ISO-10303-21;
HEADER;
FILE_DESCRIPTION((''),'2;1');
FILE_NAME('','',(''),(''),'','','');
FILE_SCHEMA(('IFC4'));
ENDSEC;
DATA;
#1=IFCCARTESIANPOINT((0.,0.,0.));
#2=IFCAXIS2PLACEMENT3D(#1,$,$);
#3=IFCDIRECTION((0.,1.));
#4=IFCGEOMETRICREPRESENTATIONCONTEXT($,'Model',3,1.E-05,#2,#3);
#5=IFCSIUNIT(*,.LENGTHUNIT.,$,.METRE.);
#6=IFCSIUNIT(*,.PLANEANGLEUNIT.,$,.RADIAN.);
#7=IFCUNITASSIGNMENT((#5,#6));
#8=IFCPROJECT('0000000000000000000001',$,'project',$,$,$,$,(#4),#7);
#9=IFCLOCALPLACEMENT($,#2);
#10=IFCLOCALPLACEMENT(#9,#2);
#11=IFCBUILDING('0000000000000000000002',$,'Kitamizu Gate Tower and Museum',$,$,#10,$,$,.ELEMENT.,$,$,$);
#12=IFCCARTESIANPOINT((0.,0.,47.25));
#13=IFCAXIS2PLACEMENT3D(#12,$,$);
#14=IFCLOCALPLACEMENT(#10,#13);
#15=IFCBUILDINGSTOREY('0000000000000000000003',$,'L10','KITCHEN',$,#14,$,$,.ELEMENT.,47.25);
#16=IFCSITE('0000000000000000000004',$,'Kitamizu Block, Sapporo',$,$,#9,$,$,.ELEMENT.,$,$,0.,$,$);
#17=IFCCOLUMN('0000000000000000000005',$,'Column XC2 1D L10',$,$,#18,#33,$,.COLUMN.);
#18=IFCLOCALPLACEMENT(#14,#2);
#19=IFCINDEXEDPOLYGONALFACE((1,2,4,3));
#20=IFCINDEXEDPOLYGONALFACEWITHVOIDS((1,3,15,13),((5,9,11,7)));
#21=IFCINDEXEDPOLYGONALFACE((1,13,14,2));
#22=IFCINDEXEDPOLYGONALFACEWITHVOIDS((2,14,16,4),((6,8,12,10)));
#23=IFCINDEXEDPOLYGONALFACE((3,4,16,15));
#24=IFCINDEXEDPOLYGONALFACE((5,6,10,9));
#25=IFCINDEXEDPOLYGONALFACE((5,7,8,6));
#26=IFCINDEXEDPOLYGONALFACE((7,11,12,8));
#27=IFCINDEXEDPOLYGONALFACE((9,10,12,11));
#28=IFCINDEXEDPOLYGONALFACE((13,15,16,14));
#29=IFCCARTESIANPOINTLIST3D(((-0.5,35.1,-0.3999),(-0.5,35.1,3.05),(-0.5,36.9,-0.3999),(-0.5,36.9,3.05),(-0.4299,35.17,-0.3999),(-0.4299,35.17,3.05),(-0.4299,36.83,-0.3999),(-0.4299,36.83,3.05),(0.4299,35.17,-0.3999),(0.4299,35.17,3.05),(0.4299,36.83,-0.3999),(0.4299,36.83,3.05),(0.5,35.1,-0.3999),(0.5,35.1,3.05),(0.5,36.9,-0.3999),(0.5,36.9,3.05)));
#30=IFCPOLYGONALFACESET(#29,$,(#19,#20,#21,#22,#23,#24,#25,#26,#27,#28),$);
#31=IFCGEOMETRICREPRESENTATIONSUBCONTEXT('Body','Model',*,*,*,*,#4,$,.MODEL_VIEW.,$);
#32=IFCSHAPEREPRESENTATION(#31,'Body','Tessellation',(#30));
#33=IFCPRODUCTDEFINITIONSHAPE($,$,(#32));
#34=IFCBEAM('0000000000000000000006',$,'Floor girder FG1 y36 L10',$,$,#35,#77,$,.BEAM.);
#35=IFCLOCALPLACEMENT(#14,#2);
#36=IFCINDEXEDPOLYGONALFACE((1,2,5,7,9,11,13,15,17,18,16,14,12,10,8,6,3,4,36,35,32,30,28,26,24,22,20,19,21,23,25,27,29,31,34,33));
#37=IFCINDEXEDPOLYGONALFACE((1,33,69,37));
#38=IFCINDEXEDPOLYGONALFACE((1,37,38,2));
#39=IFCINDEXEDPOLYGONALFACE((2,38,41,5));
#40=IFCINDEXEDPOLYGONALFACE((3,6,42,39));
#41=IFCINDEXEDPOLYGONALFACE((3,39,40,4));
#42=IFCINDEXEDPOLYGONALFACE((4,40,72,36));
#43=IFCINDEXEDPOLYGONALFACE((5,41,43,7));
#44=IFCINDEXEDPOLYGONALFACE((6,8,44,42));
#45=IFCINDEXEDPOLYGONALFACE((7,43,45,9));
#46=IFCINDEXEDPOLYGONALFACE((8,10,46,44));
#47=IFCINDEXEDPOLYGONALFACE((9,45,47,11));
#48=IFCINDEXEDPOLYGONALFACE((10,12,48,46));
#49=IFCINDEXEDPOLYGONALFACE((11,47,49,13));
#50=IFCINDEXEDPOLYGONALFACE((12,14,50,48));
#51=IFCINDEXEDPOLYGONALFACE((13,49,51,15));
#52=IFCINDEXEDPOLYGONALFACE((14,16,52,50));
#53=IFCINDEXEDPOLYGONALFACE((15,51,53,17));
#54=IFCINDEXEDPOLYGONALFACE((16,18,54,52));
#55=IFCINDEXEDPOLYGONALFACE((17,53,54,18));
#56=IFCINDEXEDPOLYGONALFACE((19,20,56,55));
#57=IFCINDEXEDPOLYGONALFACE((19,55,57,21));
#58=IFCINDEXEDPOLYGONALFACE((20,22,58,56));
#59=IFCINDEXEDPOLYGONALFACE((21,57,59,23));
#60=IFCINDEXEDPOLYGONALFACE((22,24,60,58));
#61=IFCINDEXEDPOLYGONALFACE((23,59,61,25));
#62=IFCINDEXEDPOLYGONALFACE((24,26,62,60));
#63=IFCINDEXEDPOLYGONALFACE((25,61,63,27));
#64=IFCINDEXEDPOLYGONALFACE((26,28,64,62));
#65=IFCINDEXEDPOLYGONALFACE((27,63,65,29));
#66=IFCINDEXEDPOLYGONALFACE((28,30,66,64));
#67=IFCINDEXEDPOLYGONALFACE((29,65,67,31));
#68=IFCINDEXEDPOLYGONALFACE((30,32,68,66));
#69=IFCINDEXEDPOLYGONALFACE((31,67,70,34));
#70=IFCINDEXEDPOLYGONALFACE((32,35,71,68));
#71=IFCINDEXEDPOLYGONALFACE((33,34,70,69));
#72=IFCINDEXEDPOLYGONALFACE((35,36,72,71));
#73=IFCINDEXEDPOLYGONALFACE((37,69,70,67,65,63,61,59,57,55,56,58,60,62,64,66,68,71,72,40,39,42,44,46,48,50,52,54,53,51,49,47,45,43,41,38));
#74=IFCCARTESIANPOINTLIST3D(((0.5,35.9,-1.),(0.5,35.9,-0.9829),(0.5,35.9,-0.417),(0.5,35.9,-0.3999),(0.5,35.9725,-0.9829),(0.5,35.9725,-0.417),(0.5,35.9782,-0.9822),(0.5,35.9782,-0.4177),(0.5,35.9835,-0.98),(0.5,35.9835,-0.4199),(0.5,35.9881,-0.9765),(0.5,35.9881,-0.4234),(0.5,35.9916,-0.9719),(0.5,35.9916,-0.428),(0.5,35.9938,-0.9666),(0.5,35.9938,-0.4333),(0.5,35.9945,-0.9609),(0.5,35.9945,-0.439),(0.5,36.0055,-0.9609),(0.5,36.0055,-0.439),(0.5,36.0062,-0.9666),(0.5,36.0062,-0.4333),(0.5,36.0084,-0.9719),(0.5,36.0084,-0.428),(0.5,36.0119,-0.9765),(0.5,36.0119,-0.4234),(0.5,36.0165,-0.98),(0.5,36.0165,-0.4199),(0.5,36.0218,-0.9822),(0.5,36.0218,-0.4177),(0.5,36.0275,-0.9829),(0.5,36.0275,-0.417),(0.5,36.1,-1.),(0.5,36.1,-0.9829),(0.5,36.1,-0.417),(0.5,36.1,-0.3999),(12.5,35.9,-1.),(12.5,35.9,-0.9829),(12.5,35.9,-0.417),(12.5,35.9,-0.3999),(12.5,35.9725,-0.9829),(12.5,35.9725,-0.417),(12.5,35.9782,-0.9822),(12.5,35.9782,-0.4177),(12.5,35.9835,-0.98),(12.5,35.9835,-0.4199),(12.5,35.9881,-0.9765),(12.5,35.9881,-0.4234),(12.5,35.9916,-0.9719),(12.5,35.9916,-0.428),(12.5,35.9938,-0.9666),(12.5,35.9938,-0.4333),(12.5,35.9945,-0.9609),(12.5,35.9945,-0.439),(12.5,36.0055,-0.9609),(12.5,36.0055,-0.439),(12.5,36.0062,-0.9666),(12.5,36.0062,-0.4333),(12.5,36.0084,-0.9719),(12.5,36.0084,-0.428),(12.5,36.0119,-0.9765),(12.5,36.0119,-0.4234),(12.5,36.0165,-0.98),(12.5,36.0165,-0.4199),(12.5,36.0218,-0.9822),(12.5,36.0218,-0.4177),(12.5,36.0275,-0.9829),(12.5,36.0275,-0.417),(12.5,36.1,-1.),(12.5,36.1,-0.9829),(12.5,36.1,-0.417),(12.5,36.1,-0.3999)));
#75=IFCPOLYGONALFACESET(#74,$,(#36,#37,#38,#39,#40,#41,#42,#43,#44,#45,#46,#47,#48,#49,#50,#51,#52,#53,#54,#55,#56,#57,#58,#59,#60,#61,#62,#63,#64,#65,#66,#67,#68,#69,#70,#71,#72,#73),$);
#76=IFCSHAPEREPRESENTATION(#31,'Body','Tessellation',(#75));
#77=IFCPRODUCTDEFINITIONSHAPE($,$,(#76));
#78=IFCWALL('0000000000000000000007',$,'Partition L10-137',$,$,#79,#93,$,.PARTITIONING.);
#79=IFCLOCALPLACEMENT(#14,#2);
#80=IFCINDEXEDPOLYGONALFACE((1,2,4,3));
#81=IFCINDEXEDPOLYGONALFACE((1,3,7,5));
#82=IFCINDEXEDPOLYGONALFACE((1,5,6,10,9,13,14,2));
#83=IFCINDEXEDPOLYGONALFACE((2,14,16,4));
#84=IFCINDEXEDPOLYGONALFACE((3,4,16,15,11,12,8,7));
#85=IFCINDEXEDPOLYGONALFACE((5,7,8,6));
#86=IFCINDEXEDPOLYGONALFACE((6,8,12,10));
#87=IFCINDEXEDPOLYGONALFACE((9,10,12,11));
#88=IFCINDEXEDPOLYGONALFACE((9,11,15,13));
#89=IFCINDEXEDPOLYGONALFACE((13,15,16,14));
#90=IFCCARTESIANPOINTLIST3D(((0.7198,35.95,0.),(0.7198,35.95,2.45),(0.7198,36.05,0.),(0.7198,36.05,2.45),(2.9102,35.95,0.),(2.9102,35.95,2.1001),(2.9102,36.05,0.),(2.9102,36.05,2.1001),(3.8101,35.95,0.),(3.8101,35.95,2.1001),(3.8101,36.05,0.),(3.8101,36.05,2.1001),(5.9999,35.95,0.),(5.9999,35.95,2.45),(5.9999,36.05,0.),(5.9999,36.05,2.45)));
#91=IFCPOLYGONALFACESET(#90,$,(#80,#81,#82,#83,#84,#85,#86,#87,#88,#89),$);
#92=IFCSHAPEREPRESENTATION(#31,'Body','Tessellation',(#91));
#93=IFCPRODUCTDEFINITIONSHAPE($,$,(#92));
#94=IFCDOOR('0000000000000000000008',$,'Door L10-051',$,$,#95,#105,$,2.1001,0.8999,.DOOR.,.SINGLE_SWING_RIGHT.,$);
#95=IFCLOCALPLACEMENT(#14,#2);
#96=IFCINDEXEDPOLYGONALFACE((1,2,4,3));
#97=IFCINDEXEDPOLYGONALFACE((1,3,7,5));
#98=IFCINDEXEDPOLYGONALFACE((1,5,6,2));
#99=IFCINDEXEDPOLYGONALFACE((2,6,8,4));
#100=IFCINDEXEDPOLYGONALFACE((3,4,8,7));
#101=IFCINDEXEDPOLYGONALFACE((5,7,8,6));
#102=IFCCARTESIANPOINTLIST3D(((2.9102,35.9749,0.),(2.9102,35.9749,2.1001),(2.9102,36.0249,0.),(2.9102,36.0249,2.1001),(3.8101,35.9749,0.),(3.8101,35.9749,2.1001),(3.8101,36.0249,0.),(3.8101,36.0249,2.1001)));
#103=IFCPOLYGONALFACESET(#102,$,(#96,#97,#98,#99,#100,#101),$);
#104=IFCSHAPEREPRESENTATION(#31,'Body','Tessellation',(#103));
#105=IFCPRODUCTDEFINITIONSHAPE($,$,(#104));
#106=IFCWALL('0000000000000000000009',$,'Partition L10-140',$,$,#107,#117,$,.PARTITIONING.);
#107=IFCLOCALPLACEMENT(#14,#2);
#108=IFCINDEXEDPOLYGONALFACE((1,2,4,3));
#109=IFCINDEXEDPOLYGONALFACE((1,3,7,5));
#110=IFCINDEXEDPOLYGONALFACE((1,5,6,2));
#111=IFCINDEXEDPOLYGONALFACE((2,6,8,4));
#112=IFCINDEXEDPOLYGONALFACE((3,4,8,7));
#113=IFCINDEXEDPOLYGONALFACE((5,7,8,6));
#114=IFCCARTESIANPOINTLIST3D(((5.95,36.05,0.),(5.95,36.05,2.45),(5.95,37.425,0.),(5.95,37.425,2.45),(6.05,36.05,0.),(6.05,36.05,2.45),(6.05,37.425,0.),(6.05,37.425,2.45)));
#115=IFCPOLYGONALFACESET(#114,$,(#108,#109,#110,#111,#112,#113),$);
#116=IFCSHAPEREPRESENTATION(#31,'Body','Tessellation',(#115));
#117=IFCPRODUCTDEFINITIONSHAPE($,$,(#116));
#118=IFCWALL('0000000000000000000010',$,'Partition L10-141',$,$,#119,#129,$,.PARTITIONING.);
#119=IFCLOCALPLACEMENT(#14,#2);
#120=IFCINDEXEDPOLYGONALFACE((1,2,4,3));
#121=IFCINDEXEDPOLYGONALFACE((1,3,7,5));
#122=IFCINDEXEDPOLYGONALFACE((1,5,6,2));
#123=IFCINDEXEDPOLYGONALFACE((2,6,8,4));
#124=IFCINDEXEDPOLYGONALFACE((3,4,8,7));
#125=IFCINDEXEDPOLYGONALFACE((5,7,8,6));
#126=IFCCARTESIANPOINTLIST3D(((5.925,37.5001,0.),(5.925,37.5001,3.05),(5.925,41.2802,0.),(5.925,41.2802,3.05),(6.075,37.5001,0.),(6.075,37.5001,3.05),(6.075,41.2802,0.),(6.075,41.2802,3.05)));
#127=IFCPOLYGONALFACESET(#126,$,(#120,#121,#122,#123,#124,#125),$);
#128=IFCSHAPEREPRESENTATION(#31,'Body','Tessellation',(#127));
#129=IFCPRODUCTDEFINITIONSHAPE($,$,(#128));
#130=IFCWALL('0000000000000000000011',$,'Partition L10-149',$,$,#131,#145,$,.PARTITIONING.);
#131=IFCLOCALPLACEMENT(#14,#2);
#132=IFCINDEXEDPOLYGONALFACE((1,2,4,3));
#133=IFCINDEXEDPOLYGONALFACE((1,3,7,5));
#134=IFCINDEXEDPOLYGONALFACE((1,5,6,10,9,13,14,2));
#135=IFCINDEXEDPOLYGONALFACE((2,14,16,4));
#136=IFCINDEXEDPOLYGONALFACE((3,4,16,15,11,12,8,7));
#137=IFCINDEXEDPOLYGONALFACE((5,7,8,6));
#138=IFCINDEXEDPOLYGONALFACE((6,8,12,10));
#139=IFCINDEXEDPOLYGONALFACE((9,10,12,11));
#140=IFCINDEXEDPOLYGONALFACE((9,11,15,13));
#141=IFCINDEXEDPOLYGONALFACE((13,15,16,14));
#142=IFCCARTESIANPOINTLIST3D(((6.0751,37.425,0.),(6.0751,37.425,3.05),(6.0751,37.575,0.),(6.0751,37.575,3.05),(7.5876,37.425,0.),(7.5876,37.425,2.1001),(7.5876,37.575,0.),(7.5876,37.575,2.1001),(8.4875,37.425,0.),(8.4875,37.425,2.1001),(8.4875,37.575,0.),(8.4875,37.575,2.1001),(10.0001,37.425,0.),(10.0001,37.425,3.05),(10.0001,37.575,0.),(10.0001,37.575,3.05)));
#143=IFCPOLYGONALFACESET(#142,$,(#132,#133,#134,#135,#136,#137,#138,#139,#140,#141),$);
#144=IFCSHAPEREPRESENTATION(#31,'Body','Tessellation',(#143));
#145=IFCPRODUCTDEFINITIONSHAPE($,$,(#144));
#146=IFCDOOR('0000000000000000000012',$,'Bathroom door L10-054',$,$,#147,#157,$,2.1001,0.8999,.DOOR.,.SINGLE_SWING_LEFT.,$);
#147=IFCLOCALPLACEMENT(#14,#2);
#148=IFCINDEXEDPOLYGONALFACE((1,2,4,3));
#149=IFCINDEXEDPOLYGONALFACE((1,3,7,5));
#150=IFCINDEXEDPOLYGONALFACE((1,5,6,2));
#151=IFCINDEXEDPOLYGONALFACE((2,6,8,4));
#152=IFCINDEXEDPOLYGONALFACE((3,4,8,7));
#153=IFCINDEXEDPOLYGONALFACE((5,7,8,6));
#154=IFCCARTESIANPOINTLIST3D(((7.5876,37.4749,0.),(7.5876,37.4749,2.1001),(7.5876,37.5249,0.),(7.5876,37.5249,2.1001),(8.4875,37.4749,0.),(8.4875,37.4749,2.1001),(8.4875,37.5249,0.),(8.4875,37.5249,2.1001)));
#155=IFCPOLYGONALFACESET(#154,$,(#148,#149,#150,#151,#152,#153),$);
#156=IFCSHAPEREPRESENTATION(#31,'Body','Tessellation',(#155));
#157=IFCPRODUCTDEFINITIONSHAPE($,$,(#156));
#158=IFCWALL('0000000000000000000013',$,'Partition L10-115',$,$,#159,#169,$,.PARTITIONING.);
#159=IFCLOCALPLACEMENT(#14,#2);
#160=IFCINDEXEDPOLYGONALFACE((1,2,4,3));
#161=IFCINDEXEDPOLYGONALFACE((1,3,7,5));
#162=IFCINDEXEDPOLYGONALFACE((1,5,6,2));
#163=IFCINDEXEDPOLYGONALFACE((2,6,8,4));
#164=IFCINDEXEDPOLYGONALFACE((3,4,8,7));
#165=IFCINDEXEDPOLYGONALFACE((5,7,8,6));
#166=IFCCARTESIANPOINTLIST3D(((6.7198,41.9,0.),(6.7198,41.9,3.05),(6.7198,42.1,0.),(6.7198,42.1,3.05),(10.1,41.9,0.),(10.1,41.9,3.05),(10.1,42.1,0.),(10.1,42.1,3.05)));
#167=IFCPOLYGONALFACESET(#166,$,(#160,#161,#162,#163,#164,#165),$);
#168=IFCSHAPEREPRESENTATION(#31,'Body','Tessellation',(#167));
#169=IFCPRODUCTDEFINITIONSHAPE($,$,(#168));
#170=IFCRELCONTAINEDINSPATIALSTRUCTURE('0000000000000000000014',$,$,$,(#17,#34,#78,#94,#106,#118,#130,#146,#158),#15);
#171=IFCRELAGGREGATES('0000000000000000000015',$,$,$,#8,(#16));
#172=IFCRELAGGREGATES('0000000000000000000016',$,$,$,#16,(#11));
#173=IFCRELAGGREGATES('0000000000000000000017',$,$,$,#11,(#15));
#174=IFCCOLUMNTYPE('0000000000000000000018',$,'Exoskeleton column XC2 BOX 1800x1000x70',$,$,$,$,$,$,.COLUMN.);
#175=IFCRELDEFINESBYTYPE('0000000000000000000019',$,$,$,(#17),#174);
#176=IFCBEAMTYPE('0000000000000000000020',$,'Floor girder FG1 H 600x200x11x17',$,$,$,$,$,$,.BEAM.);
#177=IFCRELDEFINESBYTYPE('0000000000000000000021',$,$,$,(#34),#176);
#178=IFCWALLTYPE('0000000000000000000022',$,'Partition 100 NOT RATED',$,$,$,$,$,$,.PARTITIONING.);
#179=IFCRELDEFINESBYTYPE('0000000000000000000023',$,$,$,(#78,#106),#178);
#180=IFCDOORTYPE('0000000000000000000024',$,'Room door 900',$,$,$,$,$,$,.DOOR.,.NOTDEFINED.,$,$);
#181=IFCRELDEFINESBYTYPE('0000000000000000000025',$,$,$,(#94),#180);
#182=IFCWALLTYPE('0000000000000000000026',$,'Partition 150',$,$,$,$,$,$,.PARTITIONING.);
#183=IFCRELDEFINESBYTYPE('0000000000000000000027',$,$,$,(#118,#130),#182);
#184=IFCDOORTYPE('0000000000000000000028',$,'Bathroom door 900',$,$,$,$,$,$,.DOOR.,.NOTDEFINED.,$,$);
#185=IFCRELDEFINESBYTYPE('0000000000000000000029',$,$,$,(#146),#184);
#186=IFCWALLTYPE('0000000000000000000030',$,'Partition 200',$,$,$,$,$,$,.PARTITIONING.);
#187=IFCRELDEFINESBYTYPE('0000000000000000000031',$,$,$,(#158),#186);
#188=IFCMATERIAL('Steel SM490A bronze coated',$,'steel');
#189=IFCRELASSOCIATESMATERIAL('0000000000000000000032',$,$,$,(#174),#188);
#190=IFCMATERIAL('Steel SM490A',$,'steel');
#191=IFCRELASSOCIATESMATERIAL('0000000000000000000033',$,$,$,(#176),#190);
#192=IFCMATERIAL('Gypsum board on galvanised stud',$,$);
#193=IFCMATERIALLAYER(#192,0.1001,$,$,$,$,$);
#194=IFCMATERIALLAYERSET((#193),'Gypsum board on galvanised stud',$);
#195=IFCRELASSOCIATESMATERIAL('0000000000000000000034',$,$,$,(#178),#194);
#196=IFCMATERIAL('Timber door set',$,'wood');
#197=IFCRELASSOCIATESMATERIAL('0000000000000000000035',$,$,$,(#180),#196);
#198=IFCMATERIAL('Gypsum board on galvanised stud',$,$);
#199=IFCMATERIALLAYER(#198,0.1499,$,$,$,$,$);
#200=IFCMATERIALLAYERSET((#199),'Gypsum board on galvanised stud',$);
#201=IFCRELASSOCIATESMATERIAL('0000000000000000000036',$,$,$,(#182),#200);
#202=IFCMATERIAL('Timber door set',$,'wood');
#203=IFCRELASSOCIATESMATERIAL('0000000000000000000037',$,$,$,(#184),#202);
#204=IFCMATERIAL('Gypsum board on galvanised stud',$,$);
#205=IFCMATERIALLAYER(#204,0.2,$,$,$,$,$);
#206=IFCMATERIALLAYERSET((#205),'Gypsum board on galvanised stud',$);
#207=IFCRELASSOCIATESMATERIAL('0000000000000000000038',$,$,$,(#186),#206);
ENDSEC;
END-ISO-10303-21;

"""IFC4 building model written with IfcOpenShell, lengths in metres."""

from ifc_helpers import new_model, si_unit, direction, frame, frame_2d, origin, origin_2d, place, context, subcontext, project, spatial, rectangle, hollow_rectangle, i_section, extrude, material, layer, layer_set, material_profile, profile_set, type_object, element, fill, save


model = new_model("IFC4")

# Units and contexts
model_context = context("Model", 3, precision=1e-05, world=origin(), true_north=direction((0.0, 1.0)))
body_context = subcontext(model_context, "Body", "Model", "MODEL_VIEW")
ifc_project = project(units=[si_unit("LENGTHUNIT", "METRE"), si_unit("PLANEANGLEUNIT", "RADIAN")], contexts=[model_context])

# Site, building, storey
site_placement = place(None, origin())
site = spatial("IfcSite", under=ifc_project, at=site_placement, Name="Kitamizu Block, Sapporo", CompositionType="ELEMENT", RefElevation=0.0)
building_placement = place(site_placement, origin())
building = spatial("IfcBuilding", under=site, at=building_placement, Name="Kitamizu Gate Tower and Museum", CompositionType="ELEMENT")
storey_placement = place(building_placement, frame((0.0, 0.0, 47.25)))
storey = spatial("IfcBuildingStorey", under=building, at=storey_placement, Name="L10", Description="KITCHEN", CompositionType="ELEMENT", Elevation=47.25)

# Column
ifc_material_1 = material(Name="Steel SM490A bronze coated", Category="steel")
ifc_material_profile_1 = material_profile(ifc_material_1, hollow_rectangle(XDim=1.8, YDim=1.0, WallThickness=0.0701, at=origin_2d()), Name="BOX 1800x1000x70")
ifc_profile_set_1 = profile_set([ifc_material_profile_1], Name="Steel SM490A bronze coated")
column_type = type_object("IfcColumnType", Name="Exoskeleton column XC2 BOX 1800x1000x70", PredefinedType="COLUMN", material=ifc_profile_set_1)
column_placement = place(storey_placement, frame((0.0, 36.0, -0.3999), z_axis=(0.0, 0.0, 1.0), x_axis=(0.0, 1.0, 0.0)))
element("IfcColumn", 1, at=column_placement, inside=storey, type_object=column_type, Name="Column XC2 1D L10", PredefinedType="COLUMN", context=body_context, shape_type="SweptSolid", body=[
    extrude(hollow_rectangle(XDim=1.8, YDim=1.0, WallThickness=0.0701, at=origin_2d()), origin(), (0.0, 0.0, 1.0), 3.45),
])

# Beam
ifc_material_2 = material(Name="Steel SM490A", Category="steel")
ifc_material_profile_2 = material_profile(ifc_material_2, i_section(OverallWidth=0.2, OverallDepth=0.6001, WebThickness=0.011, FlangeThickness=0.0171, FilletRadius=0.022, at=origin_2d()), Name="H-600x200x11x17")
ifc_profile_set_2 = profile_set([ifc_material_profile_2], Name="Steel SM490A")
beam_type = type_object("IfcBeamType", Name="Floor girder FG1 H 600x200x11x17", PredefinedType="BEAM", material=ifc_profile_set_2)
beam_placement = place(storey_placement, frame((0.5, 36.0, -0.7), z_axis=(1.0, 0.0, 0.0), x_axis=(0.0, 1.0, 0.0)))
element("IfcBeam", 2, at=beam_placement, inside=storey, type_object=beam_type, Name="Floor girder FG1 y36 L10", PredefinedType="BEAM", context=body_context, shape_type="SweptSolid", body=[
    extrude(i_section(OverallWidth=0.2, OverallDepth=0.6001, WebThickness=0.011, FlangeThickness=0.0171, FilletRadius=0.022, at=origin_2d()), origin(), (0.0, 0.0, 1.0), 12.0),
])

# Wall, opening, door
ifc_material_3 = material(Name="Gypsum board on galvanised stud")
ifc_layer_1 = layer(ifc_material_3, 0.1001)
ifc_layer_set_1 = layer_set([ifc_layer_1], Name="Gypsum board on galvanised stud")
wall_type_1 = type_object("IfcWallType", Name="Partition 100 NOT RATED", PredefinedType="PARTITIONING", material=ifc_layer_set_1)
wall_1_placement = place(storey_placement, frame((6.0, 36.0, 0.0), z_axis=(0.0, 0.0, 1.0), x_axis=(-1.0, 0.0, 0.0)))
wall_1 = element("IfcWall", 3, at=wall_1_placement, inside=storey, type_object=wall_type_1, Name="Partition L10-137", PredefinedType="PARTITIONING", context=body_context, shape_type="SweptSolid", body=[
    extrude(rectangle(XDim=5.28, YDim=0.1001, at=frame_2d((2.6401, 0.0))), origin(), (0.0, 0.0, 1.0), 2.45),
])
opening_1_placement = place(wall_1_placement, frame((2.1899, 0.0, 0.0)))
opening_1 = element("IfcOpeningElement", 4, at=opening_1_placement, cuts=wall_1, PredefinedType="OPENING", context=body_context, shape_type="SweptSolid", body=[
    extrude(rectangle(XDim=0.8999, YDim=2.1001, at=frame_2d((0.45, 1.05))), frame((0.0, 0.0601, 0.0), z_axis=(0.0, -1.0, 0.0), x_axis=(1.0, 0.0, 0.0)), (0.0, 0.0, 1.0), 0.1201),
])
ifc_material_4 = material(Name="Timber door set", Category="wood")
door_type_1 = type_object("IfcDoorType", Name="Room door 900", OperationType="NOTDEFINED", PredefinedType="DOOR", material=ifc_material_4)
door_1_placement = place(opening_1_placement, frame((0.8999, 0.0, 0.0), x_axis=(-1.0, 0.0, 0.0)))
door_1 = element("IfcDoor", 5, at=door_1_placement, inside=storey, type_object=door_type_1, Name="Door L10-051", OperationType="SINGLE_SWING_RIGHT", OverallHeight=2.1001, OverallWidth=0.8999, PredefinedType="DOOR", context=body_context, shape_type="SweptSolid", body=[
    extrude(rectangle(XDim=0.8999, YDim=2.1001, at=frame_2d((0.45, 1.05))), frame((0.0, 0.0249, 0.0), z_axis=(0.0, -1.0, 0.0), x_axis=(1.0, 0.0, 0.0)), (0.0, 0.0, 1.0), 0.05),
])
fill(opening_1, door_1)

# Walls
wall_2_placement = place(storey_placement, frame((6.0, 36.05, 0.0), z_axis=(0.0, 0.0, 1.0), x_axis=(0.0, 1.0, 0.0)))
element("IfcWall", 6, at=wall_2_placement, inside=storey, type_object=wall_type_1, Name="Partition L10-140", PredefinedType="PARTITIONING", context=body_context, shape_type="SweptSolid", body=[
    extrude(rectangle(XDim=1.375, YDim=0.1001, at=frame_2d((0.6875, 0.0))), origin(), (0.0, 0.0, 1.0), 2.45),
])
ifc_material_5 = material(Name="Gypsum board on galvanised stud")
ifc_layer_2 = layer(ifc_material_5, 0.1499)
ifc_layer_set_2 = layer_set([ifc_layer_2], Name="Gypsum board on galvanised stud")
wall_type_2 = type_object("IfcWallType", Name="Partition 150", PredefinedType="PARTITIONING", material=ifc_layer_set_2)
wall_3_placement = place(storey_placement, frame((6.0, 37.5, 0.0), z_axis=(0.0, 0.0, 1.0), x_axis=(0.0, 1.0, 0.0)))
element("IfcWall", 7, at=wall_3_placement, inside=storey, type_object=wall_type_2, Name="Partition L10-141", PredefinedType="PARTITIONING", context=body_context, shape_type="SweptSolid", body=[
    extrude(rectangle(XDim=3.78, YDim=0.1499, at=frame_2d((1.8901, 0.0))), origin(), (0.0, 0.0, 1.0), 3.05),
])

# Wall, opening, door
wall_4_placement = place(storey_placement, frame((10.0, 37.5, 0.0), z_axis=(0.0, 0.0, 1.0), x_axis=(-1.0, 0.0, 0.0)))
wall_4 = element("IfcWall", 8, at=wall_4_placement, inside=storey, type_object=wall_type_2, Name="Partition L10-149", PredefinedType="PARTITIONING", context=body_context, shape_type="SweptSolid", body=[
    extrude(rectangle(XDim=3.925, YDim=0.1499, at=frame_2d((1.9624, 0.0))), origin(), (0.0, 0.0, 1.0), 3.05),
])
opening_2_placement = place(wall_4_placement, frame((1.5125, 0.0, 0.0)))
opening_2 = element("IfcOpeningElement", 9, at=opening_2_placement, cuts=wall_4, PredefinedType="OPENING", context=body_context, shape_type="SweptSolid", body=[
    extrude(rectangle(XDim=0.8999, YDim=2.1001, at=frame_2d((0.45, 1.05))), frame((0.0, 0.085, 0.0), z_axis=(0.0, -1.0, 0.0), x_axis=(1.0, 0.0, 0.0)), (0.0, 0.0, 1.0), 0.1699),
])
ifc_material_6 = material(Name="Timber door set", Category="wood")
door_type_2 = type_object("IfcDoorType", Name="Bathroom door 900", OperationType="NOTDEFINED", PredefinedType="DOOR", material=ifc_material_6)
door_2_placement = place(opening_2_placement, frame((0.8999, 0.0, 0.0), x_axis=(-1.0, 0.0, 0.0)))
door_2 = element("IfcDoor", 10, at=door_2_placement, inside=storey, type_object=door_type_2, Name="Bathroom door L10-054", OperationType="SINGLE_SWING_LEFT", OverallHeight=2.1001, OverallWidth=0.8999, PredefinedType="DOOR", context=body_context, shape_type="SweptSolid", body=[
    extrude(rectangle(XDim=0.8999, YDim=2.1001, at=frame_2d((0.45, 1.05))), frame((0.0, 0.0249, 0.0), z_axis=(0.0, -1.0, 0.0), x_axis=(1.0, 0.0, 0.0)), (0.0, 0.0, 1.0), 0.05),
])
fill(opening_2, door_2)

# Wall
ifc_material_7 = material(Name="Gypsum board on galvanised stud")
ifc_layer_3 = layer(ifc_material_7, 0.2)
ifc_layer_set_3 = layer_set([ifc_layer_3], Name="Gypsum board on galvanised stud")
wall_type_3 = type_object("IfcWallType", Name="Partition 200", PredefinedType="PARTITIONING", material=ifc_layer_set_3)
wall_5_placement = place(storey_placement, frame((6.72, 42.0, 0.0), z_axis=(0.0, 0.0, 1.0), x_axis=(1.0, 0.0, 0.0)))
element("IfcWall", 11, at=wall_5_placement, inside=storey, type_object=wall_type_3, Name="Partition L10-115", PredefinedType="PARTITIONING", context=body_context, shape_type="SweptSolid", body=[
    extrude(rectangle(XDim=3.3801, YDim=0.2, at=frame_2d((1.6899, 0.0))), origin(), (0.0, 0.0, 1.0), 3.05),
])

save(model, "model.ifc")
